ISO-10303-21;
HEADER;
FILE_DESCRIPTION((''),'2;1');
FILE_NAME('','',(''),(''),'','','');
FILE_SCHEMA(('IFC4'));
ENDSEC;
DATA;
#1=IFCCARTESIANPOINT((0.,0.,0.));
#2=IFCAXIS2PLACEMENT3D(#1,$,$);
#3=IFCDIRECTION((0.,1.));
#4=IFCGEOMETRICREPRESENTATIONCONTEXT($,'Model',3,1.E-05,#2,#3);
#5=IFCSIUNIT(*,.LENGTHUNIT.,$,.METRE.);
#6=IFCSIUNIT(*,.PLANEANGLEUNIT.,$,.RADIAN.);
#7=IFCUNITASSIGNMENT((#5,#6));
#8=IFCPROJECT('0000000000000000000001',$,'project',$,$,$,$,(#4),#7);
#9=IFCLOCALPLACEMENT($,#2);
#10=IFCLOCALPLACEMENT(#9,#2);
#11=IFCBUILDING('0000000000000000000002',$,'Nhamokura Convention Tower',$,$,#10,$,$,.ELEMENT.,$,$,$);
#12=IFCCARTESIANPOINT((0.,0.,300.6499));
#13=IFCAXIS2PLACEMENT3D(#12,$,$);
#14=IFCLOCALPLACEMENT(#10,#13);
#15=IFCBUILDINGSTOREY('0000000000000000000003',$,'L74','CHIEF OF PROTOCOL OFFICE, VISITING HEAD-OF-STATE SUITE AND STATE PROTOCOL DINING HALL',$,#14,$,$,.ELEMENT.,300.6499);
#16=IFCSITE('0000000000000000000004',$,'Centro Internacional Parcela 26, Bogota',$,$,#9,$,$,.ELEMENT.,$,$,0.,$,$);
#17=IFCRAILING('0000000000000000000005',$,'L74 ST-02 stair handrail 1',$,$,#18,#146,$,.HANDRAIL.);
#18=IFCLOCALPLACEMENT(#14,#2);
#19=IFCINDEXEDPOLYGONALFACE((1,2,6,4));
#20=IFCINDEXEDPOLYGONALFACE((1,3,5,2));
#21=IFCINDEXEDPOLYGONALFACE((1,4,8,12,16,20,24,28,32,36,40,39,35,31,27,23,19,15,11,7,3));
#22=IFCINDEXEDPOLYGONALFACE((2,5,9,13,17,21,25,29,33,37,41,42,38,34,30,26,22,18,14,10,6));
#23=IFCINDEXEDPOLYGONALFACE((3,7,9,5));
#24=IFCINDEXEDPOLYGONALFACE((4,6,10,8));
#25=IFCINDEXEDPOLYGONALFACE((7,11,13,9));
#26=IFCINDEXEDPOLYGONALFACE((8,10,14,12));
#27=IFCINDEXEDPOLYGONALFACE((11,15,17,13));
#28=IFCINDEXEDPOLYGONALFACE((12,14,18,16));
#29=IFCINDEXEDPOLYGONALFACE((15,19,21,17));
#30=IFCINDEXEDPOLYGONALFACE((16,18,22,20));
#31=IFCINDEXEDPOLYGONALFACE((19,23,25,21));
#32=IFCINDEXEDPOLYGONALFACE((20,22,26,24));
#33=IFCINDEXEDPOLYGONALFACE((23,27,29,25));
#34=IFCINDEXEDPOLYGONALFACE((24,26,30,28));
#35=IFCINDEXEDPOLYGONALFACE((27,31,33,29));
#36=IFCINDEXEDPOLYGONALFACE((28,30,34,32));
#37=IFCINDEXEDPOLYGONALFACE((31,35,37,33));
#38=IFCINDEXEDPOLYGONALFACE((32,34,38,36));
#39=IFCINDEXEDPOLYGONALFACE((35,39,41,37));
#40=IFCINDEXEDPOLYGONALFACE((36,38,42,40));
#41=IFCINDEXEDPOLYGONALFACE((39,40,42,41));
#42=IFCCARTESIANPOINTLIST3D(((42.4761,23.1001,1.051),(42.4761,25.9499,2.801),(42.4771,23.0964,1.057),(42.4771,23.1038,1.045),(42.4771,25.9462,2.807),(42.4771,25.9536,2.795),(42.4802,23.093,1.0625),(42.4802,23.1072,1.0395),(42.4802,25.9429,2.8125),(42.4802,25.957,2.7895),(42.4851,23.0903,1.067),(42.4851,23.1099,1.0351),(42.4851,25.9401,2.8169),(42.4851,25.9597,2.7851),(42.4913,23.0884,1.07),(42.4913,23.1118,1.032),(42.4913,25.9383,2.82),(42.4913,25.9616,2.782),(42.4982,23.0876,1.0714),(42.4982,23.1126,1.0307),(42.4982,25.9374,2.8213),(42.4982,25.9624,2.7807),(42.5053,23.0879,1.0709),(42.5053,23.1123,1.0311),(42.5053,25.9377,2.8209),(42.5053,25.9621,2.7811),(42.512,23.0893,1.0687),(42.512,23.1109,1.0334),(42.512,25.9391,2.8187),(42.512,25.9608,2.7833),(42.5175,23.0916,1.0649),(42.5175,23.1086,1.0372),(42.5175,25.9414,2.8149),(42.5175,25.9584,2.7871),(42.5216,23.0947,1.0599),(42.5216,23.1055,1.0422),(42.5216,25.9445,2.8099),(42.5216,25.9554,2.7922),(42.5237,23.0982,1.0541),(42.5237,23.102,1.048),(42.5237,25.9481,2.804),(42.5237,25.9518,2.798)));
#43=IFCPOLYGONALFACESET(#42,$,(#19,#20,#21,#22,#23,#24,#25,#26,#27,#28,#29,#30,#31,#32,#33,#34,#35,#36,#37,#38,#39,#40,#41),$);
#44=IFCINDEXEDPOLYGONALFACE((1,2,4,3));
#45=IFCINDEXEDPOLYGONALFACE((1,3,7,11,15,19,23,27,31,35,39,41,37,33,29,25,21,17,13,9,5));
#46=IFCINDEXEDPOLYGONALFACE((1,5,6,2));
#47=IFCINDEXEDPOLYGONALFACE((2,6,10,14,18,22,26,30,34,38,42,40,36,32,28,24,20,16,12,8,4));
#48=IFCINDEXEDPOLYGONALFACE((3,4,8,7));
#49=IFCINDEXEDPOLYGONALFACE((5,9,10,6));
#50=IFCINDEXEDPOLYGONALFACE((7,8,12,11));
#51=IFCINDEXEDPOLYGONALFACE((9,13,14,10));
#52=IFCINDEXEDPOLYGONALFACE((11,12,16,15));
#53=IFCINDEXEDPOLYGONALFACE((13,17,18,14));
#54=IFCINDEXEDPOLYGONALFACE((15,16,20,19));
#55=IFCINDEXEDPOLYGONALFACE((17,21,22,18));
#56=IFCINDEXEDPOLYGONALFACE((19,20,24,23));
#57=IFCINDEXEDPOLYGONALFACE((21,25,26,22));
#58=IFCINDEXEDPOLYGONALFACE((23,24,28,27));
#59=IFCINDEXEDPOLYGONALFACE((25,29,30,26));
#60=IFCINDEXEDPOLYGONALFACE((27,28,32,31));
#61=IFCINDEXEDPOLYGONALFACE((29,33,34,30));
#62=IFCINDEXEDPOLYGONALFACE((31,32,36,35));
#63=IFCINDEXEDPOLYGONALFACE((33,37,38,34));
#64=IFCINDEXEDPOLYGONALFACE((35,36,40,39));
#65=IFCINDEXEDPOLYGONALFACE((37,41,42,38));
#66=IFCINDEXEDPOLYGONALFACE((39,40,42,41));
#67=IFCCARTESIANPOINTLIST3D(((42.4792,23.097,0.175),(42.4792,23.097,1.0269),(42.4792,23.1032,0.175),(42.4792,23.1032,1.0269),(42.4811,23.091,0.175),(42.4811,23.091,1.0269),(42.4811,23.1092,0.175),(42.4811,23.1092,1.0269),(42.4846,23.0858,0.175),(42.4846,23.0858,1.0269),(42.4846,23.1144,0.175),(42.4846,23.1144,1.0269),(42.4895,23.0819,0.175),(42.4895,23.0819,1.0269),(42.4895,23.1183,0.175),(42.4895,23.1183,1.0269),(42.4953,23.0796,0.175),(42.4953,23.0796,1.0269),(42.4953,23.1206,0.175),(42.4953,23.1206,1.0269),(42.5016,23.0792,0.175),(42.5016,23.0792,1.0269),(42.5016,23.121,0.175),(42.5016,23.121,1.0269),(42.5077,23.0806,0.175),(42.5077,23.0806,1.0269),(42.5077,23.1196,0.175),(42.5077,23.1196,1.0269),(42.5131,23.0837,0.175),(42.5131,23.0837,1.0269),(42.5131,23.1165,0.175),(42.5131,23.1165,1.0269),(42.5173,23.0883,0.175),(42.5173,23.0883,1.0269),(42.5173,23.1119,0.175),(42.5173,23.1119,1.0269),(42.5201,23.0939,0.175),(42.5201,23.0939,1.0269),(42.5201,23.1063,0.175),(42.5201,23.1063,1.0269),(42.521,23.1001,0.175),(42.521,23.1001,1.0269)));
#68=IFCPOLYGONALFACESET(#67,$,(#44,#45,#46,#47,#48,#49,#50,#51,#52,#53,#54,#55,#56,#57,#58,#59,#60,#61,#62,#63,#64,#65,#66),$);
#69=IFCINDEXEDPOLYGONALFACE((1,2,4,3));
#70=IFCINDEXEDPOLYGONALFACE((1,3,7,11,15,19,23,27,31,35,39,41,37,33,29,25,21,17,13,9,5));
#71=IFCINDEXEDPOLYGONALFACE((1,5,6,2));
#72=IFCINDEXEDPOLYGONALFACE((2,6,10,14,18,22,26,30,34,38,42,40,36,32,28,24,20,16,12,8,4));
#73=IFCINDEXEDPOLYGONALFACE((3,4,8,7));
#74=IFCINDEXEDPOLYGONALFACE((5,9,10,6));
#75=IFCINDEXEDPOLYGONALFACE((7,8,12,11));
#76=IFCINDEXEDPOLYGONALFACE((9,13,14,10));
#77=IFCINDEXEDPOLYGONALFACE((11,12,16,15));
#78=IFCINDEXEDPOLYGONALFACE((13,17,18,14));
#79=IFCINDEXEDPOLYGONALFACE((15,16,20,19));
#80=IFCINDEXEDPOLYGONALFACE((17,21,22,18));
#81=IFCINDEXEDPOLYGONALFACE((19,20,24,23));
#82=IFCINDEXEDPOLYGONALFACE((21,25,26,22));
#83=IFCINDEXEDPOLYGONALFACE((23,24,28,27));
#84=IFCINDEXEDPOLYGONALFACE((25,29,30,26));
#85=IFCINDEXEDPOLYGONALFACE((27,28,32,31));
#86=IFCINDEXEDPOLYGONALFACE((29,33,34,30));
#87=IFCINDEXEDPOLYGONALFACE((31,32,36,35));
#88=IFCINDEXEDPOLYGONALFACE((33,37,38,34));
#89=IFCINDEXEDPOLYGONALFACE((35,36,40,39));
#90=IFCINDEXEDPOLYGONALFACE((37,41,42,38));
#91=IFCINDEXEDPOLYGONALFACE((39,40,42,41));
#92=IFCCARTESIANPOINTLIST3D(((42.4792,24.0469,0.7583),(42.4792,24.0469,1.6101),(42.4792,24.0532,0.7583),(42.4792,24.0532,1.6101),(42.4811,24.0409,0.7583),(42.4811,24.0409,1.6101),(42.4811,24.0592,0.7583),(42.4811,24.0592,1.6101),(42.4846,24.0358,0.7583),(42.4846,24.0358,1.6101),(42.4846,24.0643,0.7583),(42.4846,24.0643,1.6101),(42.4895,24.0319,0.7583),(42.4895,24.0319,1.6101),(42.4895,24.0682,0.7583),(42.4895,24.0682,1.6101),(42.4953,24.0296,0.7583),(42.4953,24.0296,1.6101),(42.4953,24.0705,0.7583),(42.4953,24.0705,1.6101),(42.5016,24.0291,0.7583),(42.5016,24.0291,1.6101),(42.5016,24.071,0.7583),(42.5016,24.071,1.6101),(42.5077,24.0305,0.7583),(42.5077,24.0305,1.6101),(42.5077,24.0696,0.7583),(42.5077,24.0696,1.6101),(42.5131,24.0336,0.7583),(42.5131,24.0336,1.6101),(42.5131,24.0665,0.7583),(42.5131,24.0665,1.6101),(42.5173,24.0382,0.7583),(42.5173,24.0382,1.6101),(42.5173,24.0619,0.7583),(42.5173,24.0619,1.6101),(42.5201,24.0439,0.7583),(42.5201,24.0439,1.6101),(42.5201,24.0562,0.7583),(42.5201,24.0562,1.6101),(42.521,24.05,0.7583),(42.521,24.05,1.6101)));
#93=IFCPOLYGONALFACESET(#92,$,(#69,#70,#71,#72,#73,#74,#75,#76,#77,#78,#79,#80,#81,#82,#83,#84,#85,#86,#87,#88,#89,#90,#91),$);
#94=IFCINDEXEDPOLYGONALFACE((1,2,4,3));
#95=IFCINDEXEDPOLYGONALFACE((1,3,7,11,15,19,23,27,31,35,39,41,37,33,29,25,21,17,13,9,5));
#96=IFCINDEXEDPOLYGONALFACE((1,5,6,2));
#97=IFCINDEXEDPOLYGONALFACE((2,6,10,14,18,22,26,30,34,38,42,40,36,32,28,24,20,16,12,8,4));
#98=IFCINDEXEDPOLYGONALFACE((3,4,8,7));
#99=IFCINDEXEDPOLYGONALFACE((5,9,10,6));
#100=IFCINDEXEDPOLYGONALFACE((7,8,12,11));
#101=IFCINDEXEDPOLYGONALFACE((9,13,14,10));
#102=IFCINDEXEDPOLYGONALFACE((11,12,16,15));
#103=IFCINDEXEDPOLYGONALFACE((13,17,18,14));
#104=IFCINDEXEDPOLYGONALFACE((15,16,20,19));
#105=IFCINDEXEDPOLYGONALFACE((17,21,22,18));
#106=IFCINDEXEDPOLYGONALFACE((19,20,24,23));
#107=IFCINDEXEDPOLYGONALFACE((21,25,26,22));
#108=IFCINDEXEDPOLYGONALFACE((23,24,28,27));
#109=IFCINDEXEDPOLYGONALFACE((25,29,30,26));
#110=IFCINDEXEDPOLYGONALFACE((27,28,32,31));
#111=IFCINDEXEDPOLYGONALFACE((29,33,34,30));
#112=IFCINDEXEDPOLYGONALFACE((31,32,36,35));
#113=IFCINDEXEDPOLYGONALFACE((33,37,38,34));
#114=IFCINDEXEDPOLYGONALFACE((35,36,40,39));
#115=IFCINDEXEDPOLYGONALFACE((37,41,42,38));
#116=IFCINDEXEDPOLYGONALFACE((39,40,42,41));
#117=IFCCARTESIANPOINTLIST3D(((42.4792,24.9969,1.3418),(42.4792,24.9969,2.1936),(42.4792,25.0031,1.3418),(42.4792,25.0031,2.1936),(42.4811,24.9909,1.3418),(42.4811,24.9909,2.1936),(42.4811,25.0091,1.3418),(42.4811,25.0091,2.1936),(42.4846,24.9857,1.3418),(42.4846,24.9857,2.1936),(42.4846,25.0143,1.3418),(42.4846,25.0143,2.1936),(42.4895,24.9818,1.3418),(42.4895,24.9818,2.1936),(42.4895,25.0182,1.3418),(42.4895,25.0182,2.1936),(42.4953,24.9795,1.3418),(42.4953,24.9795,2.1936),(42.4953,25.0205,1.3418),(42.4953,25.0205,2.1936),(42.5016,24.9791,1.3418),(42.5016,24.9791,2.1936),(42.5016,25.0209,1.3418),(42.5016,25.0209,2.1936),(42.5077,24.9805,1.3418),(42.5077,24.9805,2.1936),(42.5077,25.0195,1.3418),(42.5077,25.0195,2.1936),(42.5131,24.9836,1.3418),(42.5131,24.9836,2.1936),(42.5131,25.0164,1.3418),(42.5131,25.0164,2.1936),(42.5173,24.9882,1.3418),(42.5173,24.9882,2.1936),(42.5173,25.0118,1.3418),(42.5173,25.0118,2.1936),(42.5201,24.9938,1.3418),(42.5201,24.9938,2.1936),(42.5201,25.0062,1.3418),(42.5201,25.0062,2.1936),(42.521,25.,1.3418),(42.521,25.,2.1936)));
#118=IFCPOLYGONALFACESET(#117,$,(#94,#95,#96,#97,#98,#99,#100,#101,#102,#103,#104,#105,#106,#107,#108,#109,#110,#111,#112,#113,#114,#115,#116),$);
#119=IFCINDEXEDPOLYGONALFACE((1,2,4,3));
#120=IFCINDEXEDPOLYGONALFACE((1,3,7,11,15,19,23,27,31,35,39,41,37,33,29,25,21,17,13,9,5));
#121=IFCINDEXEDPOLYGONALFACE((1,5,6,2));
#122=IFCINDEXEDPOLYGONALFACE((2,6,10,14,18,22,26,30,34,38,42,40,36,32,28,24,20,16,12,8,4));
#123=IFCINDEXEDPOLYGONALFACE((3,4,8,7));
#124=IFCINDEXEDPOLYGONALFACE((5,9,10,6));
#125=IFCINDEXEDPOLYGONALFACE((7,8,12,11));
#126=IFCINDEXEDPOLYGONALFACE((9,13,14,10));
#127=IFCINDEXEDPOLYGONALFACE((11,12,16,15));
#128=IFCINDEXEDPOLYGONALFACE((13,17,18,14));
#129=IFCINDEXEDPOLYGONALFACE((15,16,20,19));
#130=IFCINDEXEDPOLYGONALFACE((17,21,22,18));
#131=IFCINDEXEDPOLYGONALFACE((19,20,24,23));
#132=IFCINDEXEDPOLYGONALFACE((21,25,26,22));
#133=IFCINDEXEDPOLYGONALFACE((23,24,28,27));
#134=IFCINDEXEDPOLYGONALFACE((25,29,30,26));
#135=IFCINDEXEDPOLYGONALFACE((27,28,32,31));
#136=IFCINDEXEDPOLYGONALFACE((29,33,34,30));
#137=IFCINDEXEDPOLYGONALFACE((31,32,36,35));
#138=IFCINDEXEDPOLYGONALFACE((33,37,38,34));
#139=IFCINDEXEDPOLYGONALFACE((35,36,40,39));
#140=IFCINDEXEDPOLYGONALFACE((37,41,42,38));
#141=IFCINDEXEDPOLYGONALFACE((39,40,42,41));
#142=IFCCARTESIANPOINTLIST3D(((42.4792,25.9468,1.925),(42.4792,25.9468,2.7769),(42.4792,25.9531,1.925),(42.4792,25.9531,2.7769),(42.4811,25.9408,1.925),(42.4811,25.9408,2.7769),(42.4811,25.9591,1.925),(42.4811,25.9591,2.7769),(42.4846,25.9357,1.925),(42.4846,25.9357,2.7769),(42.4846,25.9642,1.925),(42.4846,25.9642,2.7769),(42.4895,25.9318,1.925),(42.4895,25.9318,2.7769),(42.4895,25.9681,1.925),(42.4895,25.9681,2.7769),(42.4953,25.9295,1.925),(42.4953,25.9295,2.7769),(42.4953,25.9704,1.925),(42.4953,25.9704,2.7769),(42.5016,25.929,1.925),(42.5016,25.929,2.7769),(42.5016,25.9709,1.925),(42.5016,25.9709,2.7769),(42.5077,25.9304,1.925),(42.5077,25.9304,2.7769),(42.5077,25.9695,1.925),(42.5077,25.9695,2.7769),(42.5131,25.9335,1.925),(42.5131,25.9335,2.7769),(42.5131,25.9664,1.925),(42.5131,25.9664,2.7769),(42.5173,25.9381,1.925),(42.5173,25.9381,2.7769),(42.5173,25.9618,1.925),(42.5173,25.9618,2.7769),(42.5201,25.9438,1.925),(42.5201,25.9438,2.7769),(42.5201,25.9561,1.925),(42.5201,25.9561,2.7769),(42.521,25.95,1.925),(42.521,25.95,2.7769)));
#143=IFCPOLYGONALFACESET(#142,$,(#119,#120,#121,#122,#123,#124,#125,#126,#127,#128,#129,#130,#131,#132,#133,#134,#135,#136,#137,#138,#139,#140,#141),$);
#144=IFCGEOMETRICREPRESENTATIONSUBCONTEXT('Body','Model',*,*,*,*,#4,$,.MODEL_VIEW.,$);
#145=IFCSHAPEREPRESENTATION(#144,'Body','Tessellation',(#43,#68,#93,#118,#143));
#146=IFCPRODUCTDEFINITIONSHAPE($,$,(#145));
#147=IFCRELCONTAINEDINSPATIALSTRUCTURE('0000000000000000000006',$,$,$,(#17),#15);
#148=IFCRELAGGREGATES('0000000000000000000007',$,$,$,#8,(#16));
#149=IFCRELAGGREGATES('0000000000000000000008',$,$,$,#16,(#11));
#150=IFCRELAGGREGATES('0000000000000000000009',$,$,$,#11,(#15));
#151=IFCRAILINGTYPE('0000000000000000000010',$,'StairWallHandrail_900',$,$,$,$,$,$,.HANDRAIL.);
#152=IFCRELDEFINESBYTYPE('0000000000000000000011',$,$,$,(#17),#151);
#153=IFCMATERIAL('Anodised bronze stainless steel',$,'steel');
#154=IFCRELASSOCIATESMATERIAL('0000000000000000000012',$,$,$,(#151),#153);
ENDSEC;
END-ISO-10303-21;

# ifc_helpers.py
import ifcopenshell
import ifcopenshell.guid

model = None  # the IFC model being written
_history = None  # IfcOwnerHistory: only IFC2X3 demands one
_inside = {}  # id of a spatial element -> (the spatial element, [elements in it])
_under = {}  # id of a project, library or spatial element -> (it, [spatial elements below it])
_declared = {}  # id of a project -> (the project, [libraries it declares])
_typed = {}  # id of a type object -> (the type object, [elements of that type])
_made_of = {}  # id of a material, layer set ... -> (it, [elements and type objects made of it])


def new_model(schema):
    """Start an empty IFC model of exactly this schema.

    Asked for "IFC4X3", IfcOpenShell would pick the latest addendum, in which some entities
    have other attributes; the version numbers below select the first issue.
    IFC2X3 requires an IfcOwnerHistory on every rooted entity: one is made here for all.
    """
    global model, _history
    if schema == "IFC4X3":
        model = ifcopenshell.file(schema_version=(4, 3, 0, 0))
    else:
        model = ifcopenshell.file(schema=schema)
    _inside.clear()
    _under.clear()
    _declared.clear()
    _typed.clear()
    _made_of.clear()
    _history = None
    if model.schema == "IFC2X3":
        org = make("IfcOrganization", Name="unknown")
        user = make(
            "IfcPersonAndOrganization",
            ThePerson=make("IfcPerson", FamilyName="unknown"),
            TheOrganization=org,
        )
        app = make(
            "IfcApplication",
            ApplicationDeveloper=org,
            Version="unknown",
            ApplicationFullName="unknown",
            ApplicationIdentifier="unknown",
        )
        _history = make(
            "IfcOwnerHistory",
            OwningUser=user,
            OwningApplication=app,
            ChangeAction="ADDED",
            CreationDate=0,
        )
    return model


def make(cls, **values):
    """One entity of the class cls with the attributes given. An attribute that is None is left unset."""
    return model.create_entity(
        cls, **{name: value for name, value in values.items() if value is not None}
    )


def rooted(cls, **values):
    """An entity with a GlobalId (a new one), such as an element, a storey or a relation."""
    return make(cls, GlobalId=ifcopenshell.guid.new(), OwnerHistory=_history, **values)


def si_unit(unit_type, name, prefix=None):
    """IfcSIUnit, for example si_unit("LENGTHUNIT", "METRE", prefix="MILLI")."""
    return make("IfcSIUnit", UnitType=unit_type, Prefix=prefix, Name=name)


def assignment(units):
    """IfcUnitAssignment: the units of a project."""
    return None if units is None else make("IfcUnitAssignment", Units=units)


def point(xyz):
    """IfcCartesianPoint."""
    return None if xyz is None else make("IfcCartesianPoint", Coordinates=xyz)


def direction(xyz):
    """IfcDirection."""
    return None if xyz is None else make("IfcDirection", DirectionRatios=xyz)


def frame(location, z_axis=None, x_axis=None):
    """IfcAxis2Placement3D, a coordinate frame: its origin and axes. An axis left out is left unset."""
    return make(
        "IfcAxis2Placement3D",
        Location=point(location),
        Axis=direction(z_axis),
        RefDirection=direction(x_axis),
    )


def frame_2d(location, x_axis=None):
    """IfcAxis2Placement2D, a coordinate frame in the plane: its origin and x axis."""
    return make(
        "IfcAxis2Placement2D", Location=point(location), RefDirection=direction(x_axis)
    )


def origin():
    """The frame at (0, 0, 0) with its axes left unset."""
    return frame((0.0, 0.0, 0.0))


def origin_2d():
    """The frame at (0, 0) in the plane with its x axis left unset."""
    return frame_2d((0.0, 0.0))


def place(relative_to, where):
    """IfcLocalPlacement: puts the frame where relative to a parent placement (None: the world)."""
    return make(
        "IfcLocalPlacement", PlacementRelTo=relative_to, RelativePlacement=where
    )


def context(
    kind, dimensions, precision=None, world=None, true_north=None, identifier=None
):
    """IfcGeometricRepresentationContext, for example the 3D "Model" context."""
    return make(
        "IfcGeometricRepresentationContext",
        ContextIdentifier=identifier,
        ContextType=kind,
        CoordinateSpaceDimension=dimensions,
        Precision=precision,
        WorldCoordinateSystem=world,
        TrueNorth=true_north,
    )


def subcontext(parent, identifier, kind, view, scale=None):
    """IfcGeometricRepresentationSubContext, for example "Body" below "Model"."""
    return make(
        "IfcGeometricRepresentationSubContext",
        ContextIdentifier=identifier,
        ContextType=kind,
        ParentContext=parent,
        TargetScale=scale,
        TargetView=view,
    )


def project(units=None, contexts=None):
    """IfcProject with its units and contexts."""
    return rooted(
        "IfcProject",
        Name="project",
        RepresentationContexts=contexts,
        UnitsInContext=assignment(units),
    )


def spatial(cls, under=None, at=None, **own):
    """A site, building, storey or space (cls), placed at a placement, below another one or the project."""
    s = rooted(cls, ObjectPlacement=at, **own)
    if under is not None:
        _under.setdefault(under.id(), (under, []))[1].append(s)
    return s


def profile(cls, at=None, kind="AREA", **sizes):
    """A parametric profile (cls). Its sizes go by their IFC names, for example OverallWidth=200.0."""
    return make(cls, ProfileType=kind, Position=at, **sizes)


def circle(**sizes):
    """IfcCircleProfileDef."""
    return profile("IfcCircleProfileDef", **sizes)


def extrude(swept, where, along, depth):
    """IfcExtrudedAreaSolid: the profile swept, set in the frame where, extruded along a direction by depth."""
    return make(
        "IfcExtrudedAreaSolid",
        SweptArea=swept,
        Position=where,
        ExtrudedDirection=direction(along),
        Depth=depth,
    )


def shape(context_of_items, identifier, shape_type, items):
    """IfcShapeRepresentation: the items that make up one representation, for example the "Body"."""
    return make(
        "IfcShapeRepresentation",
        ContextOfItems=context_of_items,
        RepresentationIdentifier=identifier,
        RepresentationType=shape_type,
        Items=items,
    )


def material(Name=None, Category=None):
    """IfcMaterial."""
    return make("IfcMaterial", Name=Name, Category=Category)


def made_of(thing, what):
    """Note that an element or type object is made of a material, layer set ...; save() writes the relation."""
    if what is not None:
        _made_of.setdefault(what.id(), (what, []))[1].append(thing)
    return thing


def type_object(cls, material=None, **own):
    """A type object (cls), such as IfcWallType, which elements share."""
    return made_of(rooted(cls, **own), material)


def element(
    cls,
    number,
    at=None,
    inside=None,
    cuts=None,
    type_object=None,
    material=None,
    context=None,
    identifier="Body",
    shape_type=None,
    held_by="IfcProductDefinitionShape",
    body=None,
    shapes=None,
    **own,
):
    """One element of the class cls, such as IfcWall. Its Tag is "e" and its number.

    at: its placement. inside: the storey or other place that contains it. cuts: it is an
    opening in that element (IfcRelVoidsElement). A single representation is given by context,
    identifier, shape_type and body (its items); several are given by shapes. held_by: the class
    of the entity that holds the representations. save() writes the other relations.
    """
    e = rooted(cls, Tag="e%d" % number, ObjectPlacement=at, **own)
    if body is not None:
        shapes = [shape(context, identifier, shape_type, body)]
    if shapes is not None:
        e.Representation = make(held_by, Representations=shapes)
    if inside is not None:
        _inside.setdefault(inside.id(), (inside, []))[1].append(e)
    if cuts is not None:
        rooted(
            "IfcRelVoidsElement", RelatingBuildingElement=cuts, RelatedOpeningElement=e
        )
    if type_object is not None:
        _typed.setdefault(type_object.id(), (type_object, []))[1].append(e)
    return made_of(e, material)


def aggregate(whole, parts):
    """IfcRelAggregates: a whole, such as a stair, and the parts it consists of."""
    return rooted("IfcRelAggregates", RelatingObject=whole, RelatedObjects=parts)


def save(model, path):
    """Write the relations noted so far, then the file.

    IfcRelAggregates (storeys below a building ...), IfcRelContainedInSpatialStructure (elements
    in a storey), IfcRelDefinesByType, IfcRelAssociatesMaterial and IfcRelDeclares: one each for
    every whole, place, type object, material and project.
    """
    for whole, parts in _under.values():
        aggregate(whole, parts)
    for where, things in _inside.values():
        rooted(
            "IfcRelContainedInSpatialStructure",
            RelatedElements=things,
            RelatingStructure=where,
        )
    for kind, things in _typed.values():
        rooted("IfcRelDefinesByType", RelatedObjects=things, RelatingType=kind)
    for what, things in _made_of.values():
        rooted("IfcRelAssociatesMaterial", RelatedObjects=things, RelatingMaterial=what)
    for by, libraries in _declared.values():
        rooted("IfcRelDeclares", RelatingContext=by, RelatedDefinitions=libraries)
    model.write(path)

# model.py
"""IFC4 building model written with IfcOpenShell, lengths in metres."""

from ifc_helpers import new_model, si_unit, direction, frame, origin, origin_2d, place, context, subcontext, project, spatial, circle, extrude, material, type_object, element, save


model = new_model("IFC4")

# Units and contexts
model_context = context("Model", 3, precision=1e-05, world=origin(), true_north=direction((0.0, 1.0)))
body_context = subcontext(model_context, "Body", "Model", "MODEL_VIEW")
ifc_project = project(units=[si_unit("LENGTHUNIT", "METRE"), si_unit("PLANEANGLEUNIT", "RADIAN")], contexts=[model_context])

# Site, building, storey
site_placement = place(None, origin())
site = spatial("IfcSite", under=ifc_project, at=site_placement, Name="Centro Internacional Parcela 26, Bogota", CompositionType="ELEMENT", RefElevation=0.0)
building_placement = place(site_placement, origin())
building = spatial("IfcBuilding", under=site, at=building_placement, Name="Nhamokura Convention Tower", CompositionType="ELEMENT")
storey_placement = place(building_placement, frame((0.0, 0.0, 300.6499)))
storey = spatial("IfcBuildingStorey", under=building, at=storey_placement, Name="L74", Description="CHIEF OF PROTOCOL OFFICE, VISITING HEAD-OF-STATE SUITE AND STATE PROTOCOL DINING HALL", CompositionType="ELEMENT", Elevation=300.6499)

# Railing
ifc_material_1 = material(Name="Anodised bronze stainless steel", Category="steel")
railing_type_1 = type_object("IfcRailingType", Name="StairWallHandrail_900", PredefinedType="HANDRAIL", material=ifc_material_1)
railing_1_placement = place(storey_placement, frame((42.5, 23.1001, 0.175)))
element("IfcRailing", 1, at=railing_1_placement, inside=storey, type_object=railing_type_1, Name="L74 ST-02 stair handrail 1", PredefinedType="HANDRAIL", context=body_context, shape_type="SweptSolid", body=[
    extrude(circle(Radius=0.0239, at=origin_2d()), frame((0.0, 0.0, 0.876), z_axis=(0.0, 0.852159, 0.523283), x_axis=(-1.0, 0.0, 0.0)), (0.0, 0.0, 1.0), 3.3442),
    extrude(circle(Radius=0.021, at=origin_2d()), origin(), (0.0, 0.0, 1.0), 0.8518),
    extrude(circle(Radius=0.021, at=origin_2d()), frame((0.0, 0.95, 0.5833)), (0.0, 0.0, 1.0), 0.8518),
    extrude(circle(Radius=0.021, at=origin_2d()), frame((0.0, 1.8999, 1.1667)), (0.0, 0.0, 1.0), 0.8518),
    extrude(circle(Radius=0.021, at=origin_2d()), frame((0.0, 2.8499, 1.75)), (0.0, 0.0, 1.0), 0.8518),
])

save(model, "model.ifc")
